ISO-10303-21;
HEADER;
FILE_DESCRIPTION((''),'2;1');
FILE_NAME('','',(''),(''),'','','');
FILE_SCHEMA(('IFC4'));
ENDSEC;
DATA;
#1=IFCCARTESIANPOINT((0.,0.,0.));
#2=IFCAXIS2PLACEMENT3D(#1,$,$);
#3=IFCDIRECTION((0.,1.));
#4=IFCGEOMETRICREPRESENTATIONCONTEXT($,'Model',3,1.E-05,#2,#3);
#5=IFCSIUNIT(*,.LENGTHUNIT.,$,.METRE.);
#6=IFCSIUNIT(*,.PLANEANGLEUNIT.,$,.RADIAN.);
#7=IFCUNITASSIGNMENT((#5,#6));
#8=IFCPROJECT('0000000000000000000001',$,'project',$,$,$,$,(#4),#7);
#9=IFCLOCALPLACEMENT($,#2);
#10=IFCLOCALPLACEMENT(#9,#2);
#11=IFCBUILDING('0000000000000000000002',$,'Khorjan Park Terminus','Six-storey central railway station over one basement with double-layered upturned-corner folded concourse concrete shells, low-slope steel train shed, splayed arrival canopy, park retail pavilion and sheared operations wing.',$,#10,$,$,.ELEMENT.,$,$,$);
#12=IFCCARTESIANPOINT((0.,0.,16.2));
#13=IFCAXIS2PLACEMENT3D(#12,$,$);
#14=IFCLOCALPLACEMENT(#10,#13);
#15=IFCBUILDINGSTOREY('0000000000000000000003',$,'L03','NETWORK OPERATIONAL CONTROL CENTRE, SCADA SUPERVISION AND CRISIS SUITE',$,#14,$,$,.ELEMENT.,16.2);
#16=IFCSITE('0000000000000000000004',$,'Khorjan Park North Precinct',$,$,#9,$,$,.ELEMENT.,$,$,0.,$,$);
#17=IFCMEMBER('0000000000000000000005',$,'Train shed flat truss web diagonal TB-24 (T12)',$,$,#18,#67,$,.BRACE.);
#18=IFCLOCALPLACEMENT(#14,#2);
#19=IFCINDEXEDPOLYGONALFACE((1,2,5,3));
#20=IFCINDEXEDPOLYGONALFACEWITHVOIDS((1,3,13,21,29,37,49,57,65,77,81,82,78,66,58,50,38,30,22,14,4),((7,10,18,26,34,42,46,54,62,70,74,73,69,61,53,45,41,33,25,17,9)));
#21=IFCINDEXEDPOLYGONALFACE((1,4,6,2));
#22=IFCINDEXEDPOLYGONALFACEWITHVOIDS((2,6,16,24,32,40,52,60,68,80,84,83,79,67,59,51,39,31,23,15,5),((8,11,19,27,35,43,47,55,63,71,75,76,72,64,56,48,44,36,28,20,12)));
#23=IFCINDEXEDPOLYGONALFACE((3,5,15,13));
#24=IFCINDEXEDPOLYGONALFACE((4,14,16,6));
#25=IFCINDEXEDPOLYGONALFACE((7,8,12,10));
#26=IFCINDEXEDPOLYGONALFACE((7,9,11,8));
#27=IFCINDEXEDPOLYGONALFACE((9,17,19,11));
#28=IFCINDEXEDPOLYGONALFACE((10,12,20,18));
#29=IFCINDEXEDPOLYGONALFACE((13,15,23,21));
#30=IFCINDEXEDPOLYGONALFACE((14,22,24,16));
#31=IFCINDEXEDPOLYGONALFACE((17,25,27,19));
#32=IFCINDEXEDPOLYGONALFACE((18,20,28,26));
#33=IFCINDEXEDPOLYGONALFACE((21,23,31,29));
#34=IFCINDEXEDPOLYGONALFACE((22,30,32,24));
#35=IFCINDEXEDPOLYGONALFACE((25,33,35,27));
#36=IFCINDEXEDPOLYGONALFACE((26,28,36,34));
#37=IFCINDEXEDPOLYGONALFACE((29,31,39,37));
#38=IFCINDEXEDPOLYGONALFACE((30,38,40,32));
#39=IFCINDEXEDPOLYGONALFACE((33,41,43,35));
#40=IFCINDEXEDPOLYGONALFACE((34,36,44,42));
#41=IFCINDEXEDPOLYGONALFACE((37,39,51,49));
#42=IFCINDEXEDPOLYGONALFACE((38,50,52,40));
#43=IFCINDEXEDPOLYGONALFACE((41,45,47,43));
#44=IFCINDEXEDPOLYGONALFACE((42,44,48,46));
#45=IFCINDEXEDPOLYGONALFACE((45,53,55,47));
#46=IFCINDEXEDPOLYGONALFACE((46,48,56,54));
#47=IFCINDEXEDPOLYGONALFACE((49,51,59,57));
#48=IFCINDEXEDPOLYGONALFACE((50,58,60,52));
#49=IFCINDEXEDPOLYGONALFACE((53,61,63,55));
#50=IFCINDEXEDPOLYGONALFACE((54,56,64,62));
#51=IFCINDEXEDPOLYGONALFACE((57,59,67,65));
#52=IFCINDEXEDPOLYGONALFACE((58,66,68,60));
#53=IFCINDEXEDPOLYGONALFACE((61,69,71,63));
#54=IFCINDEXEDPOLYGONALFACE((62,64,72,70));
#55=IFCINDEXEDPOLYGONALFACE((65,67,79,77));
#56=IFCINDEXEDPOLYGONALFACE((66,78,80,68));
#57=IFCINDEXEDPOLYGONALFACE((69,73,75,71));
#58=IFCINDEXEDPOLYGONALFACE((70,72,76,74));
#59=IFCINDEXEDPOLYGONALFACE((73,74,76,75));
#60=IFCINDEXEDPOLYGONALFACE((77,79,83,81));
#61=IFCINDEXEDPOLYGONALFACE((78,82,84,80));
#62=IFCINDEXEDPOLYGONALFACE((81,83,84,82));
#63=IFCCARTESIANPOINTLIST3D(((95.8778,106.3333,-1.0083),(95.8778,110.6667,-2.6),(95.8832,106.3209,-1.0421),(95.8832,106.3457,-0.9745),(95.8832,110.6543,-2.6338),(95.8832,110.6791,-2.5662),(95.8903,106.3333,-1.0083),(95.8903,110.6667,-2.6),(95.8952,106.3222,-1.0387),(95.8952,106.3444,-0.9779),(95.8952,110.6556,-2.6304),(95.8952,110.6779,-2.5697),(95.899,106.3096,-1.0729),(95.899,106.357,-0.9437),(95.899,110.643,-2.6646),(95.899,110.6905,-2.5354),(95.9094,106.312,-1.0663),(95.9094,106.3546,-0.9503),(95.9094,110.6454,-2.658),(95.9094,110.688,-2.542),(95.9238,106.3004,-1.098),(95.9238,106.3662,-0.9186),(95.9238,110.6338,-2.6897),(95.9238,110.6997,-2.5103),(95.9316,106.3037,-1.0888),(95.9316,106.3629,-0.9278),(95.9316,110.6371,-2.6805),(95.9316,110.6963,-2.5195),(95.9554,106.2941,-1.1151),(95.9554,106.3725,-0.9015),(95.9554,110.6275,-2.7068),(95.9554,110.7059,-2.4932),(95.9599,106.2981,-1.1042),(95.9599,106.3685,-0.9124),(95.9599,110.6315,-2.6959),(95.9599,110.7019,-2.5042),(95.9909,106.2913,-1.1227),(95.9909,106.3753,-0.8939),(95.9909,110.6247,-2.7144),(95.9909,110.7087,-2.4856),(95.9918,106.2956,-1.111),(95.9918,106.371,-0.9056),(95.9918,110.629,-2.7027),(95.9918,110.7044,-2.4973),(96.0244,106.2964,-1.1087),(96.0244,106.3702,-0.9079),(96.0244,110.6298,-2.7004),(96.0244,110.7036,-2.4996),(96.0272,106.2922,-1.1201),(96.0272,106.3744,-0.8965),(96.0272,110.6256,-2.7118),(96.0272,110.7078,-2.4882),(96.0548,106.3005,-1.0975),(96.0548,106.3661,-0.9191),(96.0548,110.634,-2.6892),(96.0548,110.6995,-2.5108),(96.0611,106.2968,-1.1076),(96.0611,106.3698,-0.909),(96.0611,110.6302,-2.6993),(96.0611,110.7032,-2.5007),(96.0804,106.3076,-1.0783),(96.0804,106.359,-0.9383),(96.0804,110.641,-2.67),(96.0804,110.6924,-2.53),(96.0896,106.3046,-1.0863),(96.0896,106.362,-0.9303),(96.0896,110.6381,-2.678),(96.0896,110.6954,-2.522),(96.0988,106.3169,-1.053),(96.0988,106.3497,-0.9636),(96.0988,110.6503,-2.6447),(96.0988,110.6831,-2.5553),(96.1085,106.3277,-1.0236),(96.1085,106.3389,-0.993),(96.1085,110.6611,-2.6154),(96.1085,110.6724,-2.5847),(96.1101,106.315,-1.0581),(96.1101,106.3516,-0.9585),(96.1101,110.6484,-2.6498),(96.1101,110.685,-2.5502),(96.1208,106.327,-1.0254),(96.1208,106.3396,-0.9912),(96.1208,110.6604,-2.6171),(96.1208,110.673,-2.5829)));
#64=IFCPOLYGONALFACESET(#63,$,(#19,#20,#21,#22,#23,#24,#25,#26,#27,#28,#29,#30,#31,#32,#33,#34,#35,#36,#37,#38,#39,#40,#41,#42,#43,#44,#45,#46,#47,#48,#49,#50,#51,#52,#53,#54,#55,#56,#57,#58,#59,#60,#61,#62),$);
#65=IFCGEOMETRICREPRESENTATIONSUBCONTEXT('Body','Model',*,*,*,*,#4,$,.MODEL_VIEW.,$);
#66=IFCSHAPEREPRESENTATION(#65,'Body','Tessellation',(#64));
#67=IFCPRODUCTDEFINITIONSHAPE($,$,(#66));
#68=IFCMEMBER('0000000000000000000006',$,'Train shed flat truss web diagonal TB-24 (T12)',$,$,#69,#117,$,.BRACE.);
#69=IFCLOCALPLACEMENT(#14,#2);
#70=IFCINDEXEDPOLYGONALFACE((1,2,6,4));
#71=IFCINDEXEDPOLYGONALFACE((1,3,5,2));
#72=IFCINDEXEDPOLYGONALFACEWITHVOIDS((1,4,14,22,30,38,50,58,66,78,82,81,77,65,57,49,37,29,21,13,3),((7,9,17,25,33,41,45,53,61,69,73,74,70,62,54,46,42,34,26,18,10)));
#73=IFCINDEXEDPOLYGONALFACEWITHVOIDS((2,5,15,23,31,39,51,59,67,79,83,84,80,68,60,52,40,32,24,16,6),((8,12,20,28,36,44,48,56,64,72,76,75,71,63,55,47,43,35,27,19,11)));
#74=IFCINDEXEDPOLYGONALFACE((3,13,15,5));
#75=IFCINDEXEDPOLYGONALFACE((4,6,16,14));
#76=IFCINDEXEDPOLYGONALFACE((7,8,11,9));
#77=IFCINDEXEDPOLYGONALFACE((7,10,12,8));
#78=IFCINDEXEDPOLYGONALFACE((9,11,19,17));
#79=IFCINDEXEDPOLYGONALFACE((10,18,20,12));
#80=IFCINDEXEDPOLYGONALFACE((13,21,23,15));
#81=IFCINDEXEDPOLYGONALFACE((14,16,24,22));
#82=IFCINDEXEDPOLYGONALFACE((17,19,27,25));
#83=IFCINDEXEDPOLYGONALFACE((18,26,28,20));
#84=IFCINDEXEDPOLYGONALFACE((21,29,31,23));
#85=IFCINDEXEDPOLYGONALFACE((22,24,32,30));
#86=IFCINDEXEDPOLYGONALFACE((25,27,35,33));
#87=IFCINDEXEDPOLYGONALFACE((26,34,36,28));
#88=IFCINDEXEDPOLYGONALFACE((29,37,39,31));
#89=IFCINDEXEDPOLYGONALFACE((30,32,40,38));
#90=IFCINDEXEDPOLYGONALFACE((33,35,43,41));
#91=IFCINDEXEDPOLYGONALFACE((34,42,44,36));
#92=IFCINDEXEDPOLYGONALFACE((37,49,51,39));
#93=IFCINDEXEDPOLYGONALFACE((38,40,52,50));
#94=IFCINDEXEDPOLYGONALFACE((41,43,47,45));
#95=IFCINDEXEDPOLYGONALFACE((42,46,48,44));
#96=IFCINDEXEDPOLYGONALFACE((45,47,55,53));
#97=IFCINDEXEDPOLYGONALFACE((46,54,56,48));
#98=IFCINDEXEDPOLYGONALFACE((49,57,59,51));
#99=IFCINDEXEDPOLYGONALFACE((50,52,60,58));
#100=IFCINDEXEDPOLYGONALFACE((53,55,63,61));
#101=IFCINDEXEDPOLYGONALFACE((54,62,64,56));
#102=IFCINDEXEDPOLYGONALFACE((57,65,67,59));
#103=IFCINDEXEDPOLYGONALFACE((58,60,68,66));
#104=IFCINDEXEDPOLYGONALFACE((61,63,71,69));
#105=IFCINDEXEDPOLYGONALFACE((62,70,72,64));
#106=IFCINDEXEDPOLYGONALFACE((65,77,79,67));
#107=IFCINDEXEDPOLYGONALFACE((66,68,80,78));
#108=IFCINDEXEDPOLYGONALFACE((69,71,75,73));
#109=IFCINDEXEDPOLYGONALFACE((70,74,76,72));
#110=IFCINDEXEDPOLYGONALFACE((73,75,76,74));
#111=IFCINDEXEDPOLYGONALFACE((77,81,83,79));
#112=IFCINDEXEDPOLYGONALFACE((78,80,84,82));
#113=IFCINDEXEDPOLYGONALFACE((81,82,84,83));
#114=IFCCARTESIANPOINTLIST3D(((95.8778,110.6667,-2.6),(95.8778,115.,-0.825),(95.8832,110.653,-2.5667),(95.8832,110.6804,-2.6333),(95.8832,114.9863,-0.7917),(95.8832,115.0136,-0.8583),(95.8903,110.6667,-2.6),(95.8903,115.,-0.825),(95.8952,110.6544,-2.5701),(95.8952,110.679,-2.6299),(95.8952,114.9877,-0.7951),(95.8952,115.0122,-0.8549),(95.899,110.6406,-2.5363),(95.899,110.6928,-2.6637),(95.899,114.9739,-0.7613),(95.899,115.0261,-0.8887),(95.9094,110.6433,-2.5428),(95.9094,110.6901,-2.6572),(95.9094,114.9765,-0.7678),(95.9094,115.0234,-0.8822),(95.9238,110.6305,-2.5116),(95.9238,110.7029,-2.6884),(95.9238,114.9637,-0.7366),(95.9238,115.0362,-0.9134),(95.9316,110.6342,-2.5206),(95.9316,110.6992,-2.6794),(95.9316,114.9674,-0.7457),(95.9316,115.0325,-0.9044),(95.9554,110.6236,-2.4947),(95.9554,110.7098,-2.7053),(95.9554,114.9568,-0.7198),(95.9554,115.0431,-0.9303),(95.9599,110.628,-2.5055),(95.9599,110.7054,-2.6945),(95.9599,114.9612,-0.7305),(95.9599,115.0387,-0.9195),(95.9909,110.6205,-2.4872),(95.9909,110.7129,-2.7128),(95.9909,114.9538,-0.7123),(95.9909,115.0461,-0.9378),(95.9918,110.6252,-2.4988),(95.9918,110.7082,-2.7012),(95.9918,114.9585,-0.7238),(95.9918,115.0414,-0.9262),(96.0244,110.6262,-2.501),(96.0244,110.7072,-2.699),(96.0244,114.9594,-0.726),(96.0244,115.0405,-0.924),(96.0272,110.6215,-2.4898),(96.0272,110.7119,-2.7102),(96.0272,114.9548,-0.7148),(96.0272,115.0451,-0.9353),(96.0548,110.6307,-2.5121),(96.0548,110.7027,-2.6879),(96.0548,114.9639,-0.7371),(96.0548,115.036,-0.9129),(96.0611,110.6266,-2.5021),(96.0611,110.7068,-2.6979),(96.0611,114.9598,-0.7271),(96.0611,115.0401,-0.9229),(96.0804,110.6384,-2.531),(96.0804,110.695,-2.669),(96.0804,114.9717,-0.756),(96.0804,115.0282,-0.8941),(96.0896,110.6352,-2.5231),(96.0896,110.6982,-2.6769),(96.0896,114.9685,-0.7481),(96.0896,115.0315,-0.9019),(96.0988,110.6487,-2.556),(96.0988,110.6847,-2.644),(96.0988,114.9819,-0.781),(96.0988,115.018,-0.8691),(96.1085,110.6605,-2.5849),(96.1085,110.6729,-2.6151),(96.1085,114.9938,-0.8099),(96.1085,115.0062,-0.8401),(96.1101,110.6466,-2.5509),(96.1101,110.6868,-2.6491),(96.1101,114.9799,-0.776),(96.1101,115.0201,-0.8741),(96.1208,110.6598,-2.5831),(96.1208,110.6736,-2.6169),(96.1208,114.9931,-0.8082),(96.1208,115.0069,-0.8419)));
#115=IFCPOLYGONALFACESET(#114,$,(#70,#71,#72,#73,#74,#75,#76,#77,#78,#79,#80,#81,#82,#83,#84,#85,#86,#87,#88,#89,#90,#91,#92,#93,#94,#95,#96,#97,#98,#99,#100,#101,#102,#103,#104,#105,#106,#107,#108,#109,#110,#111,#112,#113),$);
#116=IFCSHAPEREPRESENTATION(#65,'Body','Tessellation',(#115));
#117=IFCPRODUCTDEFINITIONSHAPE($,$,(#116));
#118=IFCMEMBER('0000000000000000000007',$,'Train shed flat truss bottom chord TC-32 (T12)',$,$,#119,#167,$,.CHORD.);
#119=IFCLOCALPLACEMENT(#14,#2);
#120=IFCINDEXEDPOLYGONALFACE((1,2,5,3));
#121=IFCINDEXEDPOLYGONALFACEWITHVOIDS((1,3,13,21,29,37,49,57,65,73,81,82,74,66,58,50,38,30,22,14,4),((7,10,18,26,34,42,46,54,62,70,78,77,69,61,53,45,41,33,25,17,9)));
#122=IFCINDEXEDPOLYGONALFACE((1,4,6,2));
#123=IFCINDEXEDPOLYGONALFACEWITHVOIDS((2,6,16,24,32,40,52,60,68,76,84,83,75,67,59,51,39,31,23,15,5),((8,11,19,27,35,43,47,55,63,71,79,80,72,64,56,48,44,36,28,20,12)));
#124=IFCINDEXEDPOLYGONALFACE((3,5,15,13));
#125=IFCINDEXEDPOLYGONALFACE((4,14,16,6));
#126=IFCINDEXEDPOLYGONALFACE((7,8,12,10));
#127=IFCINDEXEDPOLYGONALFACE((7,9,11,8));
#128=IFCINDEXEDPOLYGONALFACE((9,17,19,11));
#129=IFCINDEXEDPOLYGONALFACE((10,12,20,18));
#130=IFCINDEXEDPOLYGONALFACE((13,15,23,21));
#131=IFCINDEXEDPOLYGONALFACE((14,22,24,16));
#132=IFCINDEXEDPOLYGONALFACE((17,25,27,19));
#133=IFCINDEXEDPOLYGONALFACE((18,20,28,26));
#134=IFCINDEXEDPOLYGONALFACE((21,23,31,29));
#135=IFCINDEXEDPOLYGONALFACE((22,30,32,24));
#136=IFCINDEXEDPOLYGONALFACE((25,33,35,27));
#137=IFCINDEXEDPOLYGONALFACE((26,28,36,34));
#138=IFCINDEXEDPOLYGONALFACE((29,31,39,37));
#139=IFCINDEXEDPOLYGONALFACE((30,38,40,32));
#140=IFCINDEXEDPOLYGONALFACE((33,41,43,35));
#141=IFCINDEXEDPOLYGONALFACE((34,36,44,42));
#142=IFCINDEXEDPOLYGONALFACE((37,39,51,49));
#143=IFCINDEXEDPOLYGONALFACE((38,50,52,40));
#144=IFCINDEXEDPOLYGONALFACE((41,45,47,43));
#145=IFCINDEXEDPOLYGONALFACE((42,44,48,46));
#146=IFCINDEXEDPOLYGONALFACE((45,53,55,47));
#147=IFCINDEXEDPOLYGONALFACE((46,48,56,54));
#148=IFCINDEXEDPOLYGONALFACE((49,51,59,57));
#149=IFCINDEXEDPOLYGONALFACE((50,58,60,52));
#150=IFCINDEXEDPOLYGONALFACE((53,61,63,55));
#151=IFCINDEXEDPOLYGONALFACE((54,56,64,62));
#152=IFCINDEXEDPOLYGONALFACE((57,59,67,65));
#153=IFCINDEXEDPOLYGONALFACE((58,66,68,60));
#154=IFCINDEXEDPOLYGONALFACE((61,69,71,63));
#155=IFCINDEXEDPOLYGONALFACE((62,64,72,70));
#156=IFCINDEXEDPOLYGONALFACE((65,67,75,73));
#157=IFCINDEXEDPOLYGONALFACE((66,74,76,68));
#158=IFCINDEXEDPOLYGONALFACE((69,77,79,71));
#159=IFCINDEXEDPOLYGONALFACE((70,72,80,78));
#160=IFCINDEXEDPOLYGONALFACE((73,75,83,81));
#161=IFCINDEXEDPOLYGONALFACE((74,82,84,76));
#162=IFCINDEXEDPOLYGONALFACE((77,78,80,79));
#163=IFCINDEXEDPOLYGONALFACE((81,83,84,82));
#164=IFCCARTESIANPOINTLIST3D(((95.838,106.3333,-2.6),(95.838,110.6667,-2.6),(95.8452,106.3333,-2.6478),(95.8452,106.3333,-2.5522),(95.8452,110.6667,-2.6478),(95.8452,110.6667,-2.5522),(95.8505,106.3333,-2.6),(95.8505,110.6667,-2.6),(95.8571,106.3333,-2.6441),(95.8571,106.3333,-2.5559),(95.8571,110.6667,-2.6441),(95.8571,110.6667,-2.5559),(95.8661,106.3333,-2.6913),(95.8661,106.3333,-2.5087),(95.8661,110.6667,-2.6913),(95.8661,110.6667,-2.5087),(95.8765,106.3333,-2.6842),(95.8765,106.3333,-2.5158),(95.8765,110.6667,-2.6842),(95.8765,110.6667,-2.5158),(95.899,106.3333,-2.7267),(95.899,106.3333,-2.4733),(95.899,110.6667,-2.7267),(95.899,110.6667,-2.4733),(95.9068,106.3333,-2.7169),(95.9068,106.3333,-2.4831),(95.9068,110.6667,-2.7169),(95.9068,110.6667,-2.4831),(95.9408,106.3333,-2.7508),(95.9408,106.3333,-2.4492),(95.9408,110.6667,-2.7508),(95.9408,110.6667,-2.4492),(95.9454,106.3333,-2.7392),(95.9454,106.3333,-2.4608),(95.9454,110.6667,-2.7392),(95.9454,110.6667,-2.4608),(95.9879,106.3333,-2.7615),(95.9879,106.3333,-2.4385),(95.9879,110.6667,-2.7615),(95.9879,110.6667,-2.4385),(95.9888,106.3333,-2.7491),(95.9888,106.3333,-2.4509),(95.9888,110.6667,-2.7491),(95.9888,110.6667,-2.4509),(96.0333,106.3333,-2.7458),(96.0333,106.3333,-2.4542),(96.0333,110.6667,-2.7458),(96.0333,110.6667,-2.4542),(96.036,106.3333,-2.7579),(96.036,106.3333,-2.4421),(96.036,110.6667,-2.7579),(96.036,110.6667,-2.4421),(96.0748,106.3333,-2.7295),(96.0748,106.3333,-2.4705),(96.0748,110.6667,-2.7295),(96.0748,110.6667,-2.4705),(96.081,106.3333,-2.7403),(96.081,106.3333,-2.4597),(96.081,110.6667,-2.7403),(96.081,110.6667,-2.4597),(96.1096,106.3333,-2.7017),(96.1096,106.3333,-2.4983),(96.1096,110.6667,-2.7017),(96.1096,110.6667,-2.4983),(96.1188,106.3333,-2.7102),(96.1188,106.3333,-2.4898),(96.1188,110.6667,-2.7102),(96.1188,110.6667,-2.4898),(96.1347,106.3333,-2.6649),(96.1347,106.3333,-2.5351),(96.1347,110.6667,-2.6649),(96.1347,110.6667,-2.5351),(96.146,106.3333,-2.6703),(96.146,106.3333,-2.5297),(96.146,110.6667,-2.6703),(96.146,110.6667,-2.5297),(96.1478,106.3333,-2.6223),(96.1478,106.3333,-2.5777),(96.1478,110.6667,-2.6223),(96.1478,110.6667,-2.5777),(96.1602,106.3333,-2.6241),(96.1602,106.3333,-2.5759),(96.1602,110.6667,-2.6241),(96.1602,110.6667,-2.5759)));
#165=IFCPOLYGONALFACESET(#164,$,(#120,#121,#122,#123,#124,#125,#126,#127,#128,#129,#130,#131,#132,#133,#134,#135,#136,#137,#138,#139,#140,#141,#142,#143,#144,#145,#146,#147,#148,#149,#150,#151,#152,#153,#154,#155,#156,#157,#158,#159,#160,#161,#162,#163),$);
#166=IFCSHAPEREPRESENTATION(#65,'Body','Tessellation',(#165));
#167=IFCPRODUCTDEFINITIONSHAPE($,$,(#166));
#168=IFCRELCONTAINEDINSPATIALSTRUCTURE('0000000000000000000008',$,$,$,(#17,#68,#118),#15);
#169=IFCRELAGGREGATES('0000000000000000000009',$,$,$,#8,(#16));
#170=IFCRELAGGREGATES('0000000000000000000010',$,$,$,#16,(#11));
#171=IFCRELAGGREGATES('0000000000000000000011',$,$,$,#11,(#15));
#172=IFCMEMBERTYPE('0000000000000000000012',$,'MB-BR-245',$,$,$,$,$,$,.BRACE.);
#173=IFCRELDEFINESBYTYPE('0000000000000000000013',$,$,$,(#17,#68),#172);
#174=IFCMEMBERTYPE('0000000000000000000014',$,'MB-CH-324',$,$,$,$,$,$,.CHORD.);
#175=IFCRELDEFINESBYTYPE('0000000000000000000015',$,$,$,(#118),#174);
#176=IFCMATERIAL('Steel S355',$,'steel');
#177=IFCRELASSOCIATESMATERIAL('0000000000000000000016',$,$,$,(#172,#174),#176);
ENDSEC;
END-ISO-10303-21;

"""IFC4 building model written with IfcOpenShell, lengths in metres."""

from ifc_helpers import new_model, si_unit, direction, frame, origin, origin_2d, place, context, subcontext, project, spatial, hollow_circle, extrude, material, material_profile, profile_set, type_object, element, save


model = new_model("IFC4")

# Units and contexts
model_context = context("Model", 3, precision=1e-05, world=origin(), true_north=direction((0.0, 1.0)))
body_context = subcontext(model_context, "Body", "Model", "MODEL_VIEW")
ifc_project = project(units=[si_unit("LENGTHUNIT", "METRE"), si_unit("PLANEANGLEUNIT", "RADIAN")], contexts=[model_context])

# Site, building, storey
site_placement = place(None, origin())
site = spatial("IfcSite", under=ifc_project, at=site_placement, Name="Khorjan Park North Precinct", CompositionType="ELEMENT", RefElevation=0.0)
building_placement = place(site_placement, origin())
building = spatial("IfcBuilding", under=site, at=building_placement, Name="Khorjan Park Terminus", Description="Six-storey central railway station over one basement with double-layered upturned-corner folded concourse concrete shells, low-slope steel train shed, splayed arrival canopy, park retail pavilion and sheared operations wing.", CompositionType="ELEMENT")
storey_placement = place(building_placement, frame((0.0, 0.0, 16.2)))
storey = spatial("IfcBuildingStorey", under=building, at=storey_placement, Name="L03", Description="NETWORK OPERATIONAL CONTROL CENTRE, SCADA SUPERVISION AND CRISIS SUITE", CompositionType="ELEMENT", Elevation=16.2)

# Members
ifc_material = material(Name="Steel S355", Category="steel")
ifc_material_profile_1 = material_profile(ifc_material, hollow_circle(Radius=0.1222, WallThickness=0.0125, at=origin_2d()), Name="CHS 244.5x12.5")
ifc_profile_set_1 = profile_set([ifc_material_profile_1], Name="Steel S355")
member_type_1 = type_object("IfcMemberType", Name="MB-BR-245", PredefinedType="BRACE", material=ifc_profile_set_1)
member_1_placement = place(storey_placement, frame((96.0, 106.3333, -1.0083), z_axis=(0.0, 0.938681, -0.344787), x_axis=(-1.0, 0.0, 0.0)))
element("IfcMember", 1, at=member_1_placement, inside=storey, type_object=member_type_1, Name="Train shed flat truss web diagonal TB-24 (T12)", PredefinedType="BRACE", context=body_context, shape_type="SweptSolid", body=[
    extrude(hollow_circle(Radius=0.1222, WallThickness=0.0125, at=origin_2d()), origin(), (0.0, 0.0, 1.0), 4.6165),
])
member_2_placement = place(storey_placement, frame((96.0, 110.6667, -2.6), z_axis=(0.0, 0.925376, 0.379051), x_axis=(-1.0, 0.0, 0.0)))
element("IfcMember", 2, at=member_2_placement, inside=storey, type_object=member_type_1, Name="Train shed flat truss web diagonal TB-24 (T12)", PredefinedType="BRACE", context=body_context, shape_type="SweptSolid", body=[
    extrude(hollow_circle(Radius=0.1222, WallThickness=0.0125, at=origin_2d()), origin(), (0.0, 0.0, 1.0), 4.6827),
])
ifc_material_profile_2 = material_profile(ifc_material, hollow_circle(Radius=0.162, WallThickness=0.0125, at=origin_2d()), Name="CHS 323.9x12.5")
ifc_profile_set_2 = profile_set([ifc_material_profile_2], Name="Steel S355")
member_type_2 = type_object("IfcMemberType", Name="MB-CH-324", PredefinedType="CHORD", material=ifc_profile_set_2)
member_3_placement = place(storey_placement, frame((96.0, 106.3333, -2.6), z_axis=(0.0, 1.0, 0.0), x_axis=(-1.0, 0.0, 0.0)))
element("IfcMember", 3, at=member_3_placement, inside=storey, type_object=member_type_2, Name="Train shed flat truss bottom chord TC-32 (T12)", PredefinedType="CHORD", context=body_context, shape_type="SweptSolid", body=[
    extrude(hollow_circle(Radius=0.162, WallThickness=0.0125, at=origin_2d()), origin(), (0.0, 0.0, 1.0), 4.3334),
])

save(model, "model.ifc")
